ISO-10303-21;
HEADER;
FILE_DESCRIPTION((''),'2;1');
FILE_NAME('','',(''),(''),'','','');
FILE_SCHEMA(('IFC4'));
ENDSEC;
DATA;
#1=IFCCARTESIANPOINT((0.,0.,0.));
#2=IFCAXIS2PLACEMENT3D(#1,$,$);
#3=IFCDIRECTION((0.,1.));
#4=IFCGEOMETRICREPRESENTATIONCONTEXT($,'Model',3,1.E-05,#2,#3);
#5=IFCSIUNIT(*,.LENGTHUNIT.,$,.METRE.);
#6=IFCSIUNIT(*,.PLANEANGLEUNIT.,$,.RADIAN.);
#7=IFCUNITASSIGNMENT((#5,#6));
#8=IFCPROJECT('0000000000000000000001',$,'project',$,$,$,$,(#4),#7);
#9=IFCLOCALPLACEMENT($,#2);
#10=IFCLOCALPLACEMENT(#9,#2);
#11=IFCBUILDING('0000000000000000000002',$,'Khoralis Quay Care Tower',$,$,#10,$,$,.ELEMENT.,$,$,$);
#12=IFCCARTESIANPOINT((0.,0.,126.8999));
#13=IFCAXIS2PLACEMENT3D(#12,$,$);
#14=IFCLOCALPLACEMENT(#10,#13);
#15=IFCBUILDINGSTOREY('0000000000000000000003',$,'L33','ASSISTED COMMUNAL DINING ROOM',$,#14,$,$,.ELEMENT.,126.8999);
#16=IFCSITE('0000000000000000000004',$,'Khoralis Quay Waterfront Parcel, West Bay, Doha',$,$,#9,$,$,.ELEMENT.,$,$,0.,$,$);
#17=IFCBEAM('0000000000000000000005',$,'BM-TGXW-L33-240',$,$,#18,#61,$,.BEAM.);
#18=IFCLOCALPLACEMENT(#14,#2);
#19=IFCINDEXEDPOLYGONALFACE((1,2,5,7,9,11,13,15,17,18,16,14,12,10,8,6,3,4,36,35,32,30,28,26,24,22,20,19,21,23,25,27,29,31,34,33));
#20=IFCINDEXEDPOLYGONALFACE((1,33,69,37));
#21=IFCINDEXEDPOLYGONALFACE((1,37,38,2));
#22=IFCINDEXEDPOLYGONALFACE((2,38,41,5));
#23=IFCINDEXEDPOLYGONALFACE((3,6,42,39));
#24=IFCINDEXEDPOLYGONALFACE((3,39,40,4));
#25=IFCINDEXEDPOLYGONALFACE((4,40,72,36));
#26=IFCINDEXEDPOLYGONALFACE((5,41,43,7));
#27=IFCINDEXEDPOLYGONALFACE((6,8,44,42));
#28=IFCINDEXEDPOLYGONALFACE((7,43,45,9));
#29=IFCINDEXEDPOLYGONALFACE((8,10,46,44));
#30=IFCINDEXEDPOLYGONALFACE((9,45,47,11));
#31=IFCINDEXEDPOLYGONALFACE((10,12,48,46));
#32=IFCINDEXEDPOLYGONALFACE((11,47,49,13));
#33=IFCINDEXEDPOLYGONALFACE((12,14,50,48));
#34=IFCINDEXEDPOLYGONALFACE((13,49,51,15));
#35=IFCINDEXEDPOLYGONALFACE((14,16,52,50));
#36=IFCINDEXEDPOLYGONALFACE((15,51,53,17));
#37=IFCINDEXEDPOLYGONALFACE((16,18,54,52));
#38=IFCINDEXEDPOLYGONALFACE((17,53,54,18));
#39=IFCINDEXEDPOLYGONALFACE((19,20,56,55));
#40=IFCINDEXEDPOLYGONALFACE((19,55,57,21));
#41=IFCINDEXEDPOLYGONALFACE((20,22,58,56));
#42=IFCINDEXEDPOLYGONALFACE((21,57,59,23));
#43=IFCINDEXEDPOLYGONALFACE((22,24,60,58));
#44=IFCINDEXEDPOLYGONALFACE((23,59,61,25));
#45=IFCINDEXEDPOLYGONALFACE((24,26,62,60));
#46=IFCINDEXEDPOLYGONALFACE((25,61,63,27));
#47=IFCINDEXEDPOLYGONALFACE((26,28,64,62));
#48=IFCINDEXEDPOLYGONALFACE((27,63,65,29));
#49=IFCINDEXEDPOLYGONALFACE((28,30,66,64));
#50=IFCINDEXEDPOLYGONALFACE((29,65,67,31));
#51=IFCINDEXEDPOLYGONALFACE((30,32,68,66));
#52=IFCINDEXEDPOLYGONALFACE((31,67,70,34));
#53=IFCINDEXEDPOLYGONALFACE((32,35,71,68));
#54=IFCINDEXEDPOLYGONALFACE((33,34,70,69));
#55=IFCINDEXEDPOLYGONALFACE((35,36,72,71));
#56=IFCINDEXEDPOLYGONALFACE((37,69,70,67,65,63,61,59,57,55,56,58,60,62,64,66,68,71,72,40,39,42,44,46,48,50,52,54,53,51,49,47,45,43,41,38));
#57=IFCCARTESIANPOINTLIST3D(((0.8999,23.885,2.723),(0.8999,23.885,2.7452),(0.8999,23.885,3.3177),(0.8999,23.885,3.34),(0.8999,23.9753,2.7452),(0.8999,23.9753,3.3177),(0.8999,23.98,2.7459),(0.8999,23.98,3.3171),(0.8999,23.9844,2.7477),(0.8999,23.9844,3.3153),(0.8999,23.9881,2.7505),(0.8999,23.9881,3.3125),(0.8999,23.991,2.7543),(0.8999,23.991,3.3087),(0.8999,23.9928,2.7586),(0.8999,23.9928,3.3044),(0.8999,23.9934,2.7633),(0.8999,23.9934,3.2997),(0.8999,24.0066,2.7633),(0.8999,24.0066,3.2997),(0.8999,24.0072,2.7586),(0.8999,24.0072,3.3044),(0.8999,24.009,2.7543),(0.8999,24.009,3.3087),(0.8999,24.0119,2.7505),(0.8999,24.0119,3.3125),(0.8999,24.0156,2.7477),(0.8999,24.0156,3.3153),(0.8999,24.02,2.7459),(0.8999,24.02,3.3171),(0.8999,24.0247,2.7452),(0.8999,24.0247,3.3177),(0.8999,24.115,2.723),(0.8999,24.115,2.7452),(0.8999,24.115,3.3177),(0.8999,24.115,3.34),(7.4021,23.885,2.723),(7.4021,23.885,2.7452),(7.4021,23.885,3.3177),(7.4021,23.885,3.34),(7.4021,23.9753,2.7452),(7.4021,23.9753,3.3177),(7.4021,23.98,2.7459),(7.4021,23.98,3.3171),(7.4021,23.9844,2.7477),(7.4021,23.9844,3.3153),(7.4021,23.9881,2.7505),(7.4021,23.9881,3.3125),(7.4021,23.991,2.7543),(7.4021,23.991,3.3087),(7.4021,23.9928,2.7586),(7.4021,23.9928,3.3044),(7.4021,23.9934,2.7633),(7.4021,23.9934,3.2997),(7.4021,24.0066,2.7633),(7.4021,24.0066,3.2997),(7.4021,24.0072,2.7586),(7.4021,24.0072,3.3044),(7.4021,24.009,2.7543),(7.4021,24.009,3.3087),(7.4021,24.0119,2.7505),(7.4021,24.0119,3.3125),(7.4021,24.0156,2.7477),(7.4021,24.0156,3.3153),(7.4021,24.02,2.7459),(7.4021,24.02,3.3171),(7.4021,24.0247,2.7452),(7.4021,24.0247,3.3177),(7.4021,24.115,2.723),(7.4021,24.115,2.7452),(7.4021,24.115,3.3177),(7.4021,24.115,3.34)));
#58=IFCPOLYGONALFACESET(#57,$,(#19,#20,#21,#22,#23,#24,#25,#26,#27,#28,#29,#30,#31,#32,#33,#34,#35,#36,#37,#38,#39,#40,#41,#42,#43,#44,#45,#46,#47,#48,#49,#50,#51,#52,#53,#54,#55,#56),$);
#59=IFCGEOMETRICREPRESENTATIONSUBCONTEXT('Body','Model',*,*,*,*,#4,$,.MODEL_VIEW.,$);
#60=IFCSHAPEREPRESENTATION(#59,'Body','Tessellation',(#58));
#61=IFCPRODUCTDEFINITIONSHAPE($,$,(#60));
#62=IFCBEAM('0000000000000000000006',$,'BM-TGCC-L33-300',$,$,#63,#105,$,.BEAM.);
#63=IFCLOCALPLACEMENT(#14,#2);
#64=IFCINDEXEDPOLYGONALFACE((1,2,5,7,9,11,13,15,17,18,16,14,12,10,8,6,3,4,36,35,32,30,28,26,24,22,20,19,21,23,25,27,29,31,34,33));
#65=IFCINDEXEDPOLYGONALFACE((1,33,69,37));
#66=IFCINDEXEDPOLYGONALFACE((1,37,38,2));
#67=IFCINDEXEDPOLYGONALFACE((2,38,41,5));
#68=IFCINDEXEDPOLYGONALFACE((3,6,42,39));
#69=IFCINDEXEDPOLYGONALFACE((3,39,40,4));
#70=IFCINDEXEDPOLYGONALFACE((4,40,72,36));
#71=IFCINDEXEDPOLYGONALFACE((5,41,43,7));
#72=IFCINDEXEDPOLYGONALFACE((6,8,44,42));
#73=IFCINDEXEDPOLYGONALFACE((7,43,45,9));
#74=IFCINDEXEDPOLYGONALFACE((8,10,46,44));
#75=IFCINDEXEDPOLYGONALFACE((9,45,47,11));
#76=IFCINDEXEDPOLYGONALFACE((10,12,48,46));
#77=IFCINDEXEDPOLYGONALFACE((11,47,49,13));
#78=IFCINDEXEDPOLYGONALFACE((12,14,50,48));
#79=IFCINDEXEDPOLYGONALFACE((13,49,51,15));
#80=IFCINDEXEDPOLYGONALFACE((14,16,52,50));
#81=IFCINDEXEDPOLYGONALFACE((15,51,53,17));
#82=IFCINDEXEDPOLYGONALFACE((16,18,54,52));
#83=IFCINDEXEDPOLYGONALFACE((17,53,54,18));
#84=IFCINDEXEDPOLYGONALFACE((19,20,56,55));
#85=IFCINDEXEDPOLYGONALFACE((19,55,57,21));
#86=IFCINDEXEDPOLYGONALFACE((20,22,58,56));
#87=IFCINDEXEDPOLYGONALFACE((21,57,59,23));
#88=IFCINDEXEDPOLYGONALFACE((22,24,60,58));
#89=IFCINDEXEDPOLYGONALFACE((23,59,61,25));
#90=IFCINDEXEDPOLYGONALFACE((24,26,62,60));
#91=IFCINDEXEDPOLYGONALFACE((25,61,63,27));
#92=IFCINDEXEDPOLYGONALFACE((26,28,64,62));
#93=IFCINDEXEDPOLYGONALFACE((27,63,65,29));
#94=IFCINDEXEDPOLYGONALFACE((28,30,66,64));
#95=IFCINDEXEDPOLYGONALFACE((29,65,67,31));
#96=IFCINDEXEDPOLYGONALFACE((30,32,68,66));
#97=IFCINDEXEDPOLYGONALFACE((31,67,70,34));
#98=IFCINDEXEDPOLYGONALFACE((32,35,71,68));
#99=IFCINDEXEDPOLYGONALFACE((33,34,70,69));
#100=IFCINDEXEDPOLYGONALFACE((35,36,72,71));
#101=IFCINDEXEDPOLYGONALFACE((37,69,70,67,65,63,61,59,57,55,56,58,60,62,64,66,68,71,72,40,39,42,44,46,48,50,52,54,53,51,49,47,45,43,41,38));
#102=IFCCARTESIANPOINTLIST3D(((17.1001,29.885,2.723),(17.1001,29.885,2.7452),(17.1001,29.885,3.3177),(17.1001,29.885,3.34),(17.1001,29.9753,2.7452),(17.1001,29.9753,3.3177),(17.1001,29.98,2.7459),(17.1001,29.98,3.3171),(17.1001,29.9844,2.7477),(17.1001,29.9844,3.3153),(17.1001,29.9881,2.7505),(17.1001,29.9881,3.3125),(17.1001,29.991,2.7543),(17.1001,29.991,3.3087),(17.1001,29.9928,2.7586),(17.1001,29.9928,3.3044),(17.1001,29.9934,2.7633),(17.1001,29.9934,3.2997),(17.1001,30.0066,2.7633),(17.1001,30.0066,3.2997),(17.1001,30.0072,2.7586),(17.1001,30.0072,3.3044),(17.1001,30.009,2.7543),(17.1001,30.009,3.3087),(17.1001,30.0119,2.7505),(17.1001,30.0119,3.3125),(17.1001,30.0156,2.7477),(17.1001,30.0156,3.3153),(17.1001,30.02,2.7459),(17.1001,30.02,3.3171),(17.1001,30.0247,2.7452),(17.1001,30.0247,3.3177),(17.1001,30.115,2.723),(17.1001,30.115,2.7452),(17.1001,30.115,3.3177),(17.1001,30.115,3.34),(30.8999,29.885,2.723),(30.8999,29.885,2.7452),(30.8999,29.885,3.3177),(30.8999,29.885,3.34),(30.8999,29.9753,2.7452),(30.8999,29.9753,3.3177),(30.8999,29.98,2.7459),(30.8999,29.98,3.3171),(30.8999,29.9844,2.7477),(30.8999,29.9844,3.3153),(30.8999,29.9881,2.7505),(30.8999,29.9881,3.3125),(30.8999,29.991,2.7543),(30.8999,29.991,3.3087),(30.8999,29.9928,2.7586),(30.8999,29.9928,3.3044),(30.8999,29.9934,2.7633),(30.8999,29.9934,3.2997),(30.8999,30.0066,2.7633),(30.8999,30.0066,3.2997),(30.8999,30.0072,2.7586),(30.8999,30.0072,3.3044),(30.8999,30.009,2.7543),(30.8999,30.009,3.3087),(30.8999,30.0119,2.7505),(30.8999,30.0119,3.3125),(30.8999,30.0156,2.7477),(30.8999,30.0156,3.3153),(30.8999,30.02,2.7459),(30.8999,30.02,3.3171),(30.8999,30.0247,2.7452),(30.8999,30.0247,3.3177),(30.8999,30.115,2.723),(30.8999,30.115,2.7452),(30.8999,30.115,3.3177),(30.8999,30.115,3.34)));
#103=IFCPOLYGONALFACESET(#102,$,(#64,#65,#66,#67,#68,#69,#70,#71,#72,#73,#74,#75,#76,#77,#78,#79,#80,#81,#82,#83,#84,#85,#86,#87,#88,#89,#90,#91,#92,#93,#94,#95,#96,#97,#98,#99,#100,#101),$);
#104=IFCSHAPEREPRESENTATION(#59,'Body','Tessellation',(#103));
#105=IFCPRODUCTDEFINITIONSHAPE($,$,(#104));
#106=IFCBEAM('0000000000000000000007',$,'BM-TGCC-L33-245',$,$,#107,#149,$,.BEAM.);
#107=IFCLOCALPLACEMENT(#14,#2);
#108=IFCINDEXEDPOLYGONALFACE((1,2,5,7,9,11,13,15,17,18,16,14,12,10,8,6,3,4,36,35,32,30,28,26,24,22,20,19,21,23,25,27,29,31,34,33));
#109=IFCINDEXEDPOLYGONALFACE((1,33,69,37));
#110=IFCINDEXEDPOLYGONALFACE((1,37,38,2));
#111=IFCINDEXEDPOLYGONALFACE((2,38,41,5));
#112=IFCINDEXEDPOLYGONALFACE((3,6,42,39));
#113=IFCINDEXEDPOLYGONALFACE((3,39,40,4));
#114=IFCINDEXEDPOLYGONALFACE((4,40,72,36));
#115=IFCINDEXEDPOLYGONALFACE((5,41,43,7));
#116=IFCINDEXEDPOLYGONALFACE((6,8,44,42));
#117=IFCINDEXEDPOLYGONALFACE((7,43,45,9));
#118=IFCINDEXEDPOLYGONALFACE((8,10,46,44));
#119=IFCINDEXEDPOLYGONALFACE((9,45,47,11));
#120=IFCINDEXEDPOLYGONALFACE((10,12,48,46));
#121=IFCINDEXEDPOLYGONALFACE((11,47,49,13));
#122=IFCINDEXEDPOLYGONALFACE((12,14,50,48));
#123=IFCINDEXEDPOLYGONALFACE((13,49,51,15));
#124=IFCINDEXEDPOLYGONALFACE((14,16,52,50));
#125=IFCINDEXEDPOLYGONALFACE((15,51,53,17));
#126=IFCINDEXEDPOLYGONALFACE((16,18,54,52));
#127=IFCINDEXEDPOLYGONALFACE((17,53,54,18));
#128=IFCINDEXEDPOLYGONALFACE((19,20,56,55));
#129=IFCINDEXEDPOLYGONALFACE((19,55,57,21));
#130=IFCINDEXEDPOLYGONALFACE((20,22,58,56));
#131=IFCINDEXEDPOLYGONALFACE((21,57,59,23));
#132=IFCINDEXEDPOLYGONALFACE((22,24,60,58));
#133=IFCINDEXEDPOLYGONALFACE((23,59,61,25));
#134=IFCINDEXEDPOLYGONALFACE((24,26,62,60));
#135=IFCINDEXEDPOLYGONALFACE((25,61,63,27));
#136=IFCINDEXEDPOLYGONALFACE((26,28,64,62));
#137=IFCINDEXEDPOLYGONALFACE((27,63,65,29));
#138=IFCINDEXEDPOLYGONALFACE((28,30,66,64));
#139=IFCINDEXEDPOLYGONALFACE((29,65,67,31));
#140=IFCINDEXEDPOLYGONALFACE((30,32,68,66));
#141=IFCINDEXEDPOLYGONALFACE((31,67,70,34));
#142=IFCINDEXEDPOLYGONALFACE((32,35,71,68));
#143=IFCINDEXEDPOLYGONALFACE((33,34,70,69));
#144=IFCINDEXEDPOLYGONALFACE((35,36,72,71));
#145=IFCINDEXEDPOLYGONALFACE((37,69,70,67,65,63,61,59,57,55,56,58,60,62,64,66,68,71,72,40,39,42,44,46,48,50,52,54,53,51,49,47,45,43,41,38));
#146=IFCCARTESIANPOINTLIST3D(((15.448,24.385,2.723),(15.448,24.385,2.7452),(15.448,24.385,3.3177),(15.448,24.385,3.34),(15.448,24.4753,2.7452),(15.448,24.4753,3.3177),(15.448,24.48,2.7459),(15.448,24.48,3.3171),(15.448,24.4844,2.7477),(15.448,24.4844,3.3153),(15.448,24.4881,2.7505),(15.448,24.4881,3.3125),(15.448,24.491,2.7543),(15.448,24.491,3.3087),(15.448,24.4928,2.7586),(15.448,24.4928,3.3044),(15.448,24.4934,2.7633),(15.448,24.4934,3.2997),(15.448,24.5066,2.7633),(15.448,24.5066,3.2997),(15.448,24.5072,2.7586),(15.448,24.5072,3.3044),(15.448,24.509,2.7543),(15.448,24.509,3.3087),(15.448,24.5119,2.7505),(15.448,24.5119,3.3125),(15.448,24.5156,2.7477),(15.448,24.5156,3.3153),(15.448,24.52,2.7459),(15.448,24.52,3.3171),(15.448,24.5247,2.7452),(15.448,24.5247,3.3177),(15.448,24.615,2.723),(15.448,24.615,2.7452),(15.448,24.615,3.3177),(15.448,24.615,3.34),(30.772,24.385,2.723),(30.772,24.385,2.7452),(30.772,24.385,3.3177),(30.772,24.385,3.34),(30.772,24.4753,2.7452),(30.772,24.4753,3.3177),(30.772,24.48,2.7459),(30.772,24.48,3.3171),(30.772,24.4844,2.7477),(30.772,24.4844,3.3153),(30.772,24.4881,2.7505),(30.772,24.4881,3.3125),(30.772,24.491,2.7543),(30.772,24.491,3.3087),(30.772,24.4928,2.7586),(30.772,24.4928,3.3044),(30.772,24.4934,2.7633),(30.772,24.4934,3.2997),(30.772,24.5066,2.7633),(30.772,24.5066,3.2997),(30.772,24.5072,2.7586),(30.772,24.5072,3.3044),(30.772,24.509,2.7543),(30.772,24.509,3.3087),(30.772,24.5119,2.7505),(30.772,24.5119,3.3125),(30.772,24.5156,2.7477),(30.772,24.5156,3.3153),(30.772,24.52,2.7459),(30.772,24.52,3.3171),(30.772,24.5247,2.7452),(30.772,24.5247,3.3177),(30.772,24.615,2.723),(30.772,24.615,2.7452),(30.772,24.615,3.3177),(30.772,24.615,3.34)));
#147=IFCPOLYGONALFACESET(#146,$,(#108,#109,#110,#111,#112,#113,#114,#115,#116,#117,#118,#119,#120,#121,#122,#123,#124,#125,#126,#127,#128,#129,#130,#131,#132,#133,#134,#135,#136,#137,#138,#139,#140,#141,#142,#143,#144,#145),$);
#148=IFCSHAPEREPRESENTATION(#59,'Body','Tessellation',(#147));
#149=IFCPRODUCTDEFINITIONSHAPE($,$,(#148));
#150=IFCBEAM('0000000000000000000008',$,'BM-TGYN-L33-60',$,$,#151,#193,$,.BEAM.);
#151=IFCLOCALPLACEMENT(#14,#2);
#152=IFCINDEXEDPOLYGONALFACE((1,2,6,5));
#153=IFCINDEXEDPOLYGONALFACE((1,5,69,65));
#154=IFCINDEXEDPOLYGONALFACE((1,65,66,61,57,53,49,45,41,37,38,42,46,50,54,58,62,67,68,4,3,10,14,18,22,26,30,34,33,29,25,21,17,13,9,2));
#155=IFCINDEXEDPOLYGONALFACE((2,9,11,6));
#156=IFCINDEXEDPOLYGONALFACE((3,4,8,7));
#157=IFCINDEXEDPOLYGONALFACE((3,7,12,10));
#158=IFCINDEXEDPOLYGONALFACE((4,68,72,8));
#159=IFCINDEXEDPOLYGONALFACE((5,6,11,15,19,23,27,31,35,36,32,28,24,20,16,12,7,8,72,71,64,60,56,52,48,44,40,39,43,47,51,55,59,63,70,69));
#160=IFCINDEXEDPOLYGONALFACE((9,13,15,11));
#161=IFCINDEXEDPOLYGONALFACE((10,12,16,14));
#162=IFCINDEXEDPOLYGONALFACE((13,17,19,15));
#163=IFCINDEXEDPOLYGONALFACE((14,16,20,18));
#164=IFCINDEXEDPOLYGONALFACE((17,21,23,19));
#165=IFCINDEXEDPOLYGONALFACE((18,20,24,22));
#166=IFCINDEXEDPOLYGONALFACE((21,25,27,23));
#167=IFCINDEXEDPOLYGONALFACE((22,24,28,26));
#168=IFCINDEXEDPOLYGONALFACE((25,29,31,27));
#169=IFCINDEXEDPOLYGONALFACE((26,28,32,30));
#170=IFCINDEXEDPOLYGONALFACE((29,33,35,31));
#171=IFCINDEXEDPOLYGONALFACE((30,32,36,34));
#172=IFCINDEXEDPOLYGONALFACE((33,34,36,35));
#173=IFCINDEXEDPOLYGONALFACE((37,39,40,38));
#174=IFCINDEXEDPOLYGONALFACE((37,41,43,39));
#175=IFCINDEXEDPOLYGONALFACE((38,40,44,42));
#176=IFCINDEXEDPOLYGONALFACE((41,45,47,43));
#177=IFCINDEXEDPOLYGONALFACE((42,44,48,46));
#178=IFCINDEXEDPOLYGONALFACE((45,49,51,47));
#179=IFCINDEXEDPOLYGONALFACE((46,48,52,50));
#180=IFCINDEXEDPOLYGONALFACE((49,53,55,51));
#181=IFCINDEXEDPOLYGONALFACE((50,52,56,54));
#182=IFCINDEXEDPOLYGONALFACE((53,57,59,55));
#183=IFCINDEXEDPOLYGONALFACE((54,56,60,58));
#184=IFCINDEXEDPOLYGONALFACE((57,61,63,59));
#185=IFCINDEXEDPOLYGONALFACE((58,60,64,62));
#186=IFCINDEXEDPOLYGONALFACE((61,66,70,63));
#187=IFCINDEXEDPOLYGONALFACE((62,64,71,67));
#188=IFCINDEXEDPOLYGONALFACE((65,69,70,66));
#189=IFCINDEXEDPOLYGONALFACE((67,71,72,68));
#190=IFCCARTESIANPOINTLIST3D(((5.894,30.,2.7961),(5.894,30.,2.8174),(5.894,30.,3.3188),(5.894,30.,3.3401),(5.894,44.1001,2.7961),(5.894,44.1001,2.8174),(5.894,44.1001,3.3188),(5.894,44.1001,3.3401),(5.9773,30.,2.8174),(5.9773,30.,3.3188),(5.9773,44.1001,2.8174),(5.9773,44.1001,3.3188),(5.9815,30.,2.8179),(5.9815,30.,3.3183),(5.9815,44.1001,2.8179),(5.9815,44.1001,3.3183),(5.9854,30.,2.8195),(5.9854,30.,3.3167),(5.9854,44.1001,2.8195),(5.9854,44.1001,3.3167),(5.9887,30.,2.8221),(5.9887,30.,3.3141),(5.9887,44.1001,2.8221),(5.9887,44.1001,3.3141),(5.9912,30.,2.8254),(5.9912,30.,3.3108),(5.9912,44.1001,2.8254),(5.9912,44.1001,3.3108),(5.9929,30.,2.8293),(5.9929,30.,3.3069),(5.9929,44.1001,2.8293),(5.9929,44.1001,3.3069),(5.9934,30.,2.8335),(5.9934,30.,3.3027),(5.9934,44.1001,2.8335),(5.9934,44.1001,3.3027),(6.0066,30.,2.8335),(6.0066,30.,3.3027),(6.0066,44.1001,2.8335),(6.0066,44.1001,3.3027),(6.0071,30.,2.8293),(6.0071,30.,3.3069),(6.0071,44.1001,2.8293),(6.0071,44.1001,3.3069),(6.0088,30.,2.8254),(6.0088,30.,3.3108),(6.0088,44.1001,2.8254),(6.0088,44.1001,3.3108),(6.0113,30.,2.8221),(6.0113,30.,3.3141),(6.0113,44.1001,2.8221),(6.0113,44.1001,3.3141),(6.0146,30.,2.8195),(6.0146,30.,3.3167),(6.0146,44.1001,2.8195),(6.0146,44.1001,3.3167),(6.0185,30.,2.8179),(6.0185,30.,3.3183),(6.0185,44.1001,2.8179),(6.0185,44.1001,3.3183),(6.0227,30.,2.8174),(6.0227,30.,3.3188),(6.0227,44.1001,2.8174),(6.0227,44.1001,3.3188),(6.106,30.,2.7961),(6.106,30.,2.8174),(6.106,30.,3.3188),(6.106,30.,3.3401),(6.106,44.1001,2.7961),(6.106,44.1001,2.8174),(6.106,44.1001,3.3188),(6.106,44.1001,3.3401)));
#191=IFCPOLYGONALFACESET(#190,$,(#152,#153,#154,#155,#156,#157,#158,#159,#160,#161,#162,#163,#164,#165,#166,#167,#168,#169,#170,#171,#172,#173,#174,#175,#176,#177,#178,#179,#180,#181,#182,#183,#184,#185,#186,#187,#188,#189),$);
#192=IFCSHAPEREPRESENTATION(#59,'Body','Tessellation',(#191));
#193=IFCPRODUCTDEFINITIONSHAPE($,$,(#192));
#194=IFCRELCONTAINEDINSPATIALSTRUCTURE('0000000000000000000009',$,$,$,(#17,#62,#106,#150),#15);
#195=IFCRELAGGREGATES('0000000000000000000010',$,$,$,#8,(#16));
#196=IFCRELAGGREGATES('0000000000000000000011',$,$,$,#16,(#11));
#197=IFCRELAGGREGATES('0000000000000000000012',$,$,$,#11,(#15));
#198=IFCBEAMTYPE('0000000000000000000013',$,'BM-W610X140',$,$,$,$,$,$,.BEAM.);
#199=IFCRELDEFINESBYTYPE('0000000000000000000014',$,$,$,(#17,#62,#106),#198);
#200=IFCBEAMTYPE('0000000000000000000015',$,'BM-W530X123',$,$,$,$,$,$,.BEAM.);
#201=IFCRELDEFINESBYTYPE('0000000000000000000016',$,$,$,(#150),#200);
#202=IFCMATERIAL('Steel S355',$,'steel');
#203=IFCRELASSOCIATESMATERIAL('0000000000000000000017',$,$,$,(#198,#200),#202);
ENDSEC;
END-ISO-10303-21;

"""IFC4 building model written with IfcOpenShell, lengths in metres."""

from ifc_helpers import new_model, si_unit, direction, frame, origin, origin_2d, place, context, subcontext, project, spatial, i_section, extrude, source, transform, mapped, material, material_profile, profile_set, type_object, element, save


model = new_model("IFC4")

# Units and contexts
model_context = context("Model", 3, precision=1e-05, world=origin(), true_north=direction((0.0, 1.0)))
body_context = subcontext(model_context, "Body", "Model", "MODEL_VIEW")
ifc_project = project(units=[si_unit("LENGTHUNIT", "METRE"), si_unit("PLANEANGLEUNIT", "RADIAN")], contexts=[model_context])

# Site, building, storey
site_placement = place(None, origin())
site = spatial("IfcSite", under=ifc_project, at=site_placement, Name="Khoralis Quay Waterfront Parcel, West Bay, Doha", CompositionType="ELEMENT", RefElevation=0.0)
building_placement = place(site_placement, origin())
building = spatial("IfcBuilding", under=site, at=building_placement, Name="Khoralis Quay Care Tower", CompositionType="ELEMENT")
storey_placement = place(building_placement, frame((0.0, 0.0, 126.8999)))
storey = spatial("IfcBuildingStorey", under=building, at=storey_placement, Name="L33", Description="ASSISTED COMMUNAL DINING ROOM", CompositionType="ELEMENT", Elevation=126.8999)

# Beams
ifc_material_1 = material(Name="Steel S355", Category="steel")
ifc_material_profile_1 = material_profile(ifc_material_1, i_section(OverallWidth=0.23, OverallDepth=0.6169, WebThickness=0.0132, FlangeThickness=0.0222, FilletRadius=0.0181, at=origin_2d()), Name="Steel S355")
ifc_profile_set_1 = profile_set([ifc_material_profile_1], Name="Steel S355")
beam_type_1 = type_object("IfcBeamType", Name="BM-W610X140", PredefinedType="BEAM", material=ifc_profile_set_1)
shared_shape_1 = source(origin(), body_context, "Body", "SweptSolid", [
    extrude(i_section(OverallWidth=0.23, OverallDepth=0.6169, WebThickness=0.0132, FlangeThickness=0.0222, FilletRadius=0.0181, at=origin_2d()), origin(), (0.0, 0.0, 1.0), 6.5022),
])
beam_1_placement = place(storey_placement, frame((0.8999, 24.0, 3.0315), z_axis=(1.0, 0.0, 0.0), x_axis=(0.0, 1.0, 0.0)))
element("IfcBeam", 1, at=beam_1_placement, inside=storey, type_object=beam_type_1, Name="BM-TGXW-L33-240", PredefinedType="BEAM", context=body_context, shape_type="MappedRepresentation", body=[
    mapped(shared_shape_1, transform((0.0, 0.0, 0.0), scale=1.0)),
])
shared_shape_2 = source(origin(), body_context, "Body", "SweptSolid", [
    extrude(i_section(OverallWidth=0.23, OverallDepth=0.6169, WebThickness=0.0132, FlangeThickness=0.0222, FilletRadius=0.0181, at=origin_2d()), origin(), (0.0, 0.0, 1.0), 13.7998),
])
beam_2_placement = place(storey_placement, frame((17.1001, 30.0, 3.0315), z_axis=(1.0, 0.0, 0.0), x_axis=(0.0, 1.0, 0.0)))
element("IfcBeam", 2, at=beam_2_placement, inside=storey, type_object=beam_type_1, Name="BM-TGCC-L33-300", PredefinedType="BEAM", context=body_context, shape_type="MappedRepresentation", body=[
    mapped(shared_shape_2, transform((0.0, 0.0, 0.0), scale=1.0)),
])
shared_shape_3 = source(origin(), body_context, "Body", "SweptSolid", [
    extrude(i_section(OverallWidth=0.23, OverallDepth=0.6169, WebThickness=0.0132, FlangeThickness=0.0222, FilletRadius=0.0181, at=origin_2d()), origin(), (0.0, 0.0, 1.0), 15.324),
])
beam_3_placement = place(storey_placement, frame((15.448, 24.5, 3.0315), z_axis=(1.0, 0.0, 0.0), x_axis=(0.0, 1.0, 0.0)))
element("IfcBeam", 3, at=beam_3_placement, inside=storey, type_object=beam_type_1, Name="BM-TGCC-L33-245", PredefinedType="BEAM", context=body_context, shape_type="MappedRepresentation", body=[
    mapped(shared_shape_3, transform((0.0, 0.0, 0.0), scale=1.0)),
])
ifc_material_profile_2 = material_profile(ifc_material_1, i_section(OverallWidth=0.2119, OverallDepth=0.5439, WebThickness=0.0132, FlangeThickness=0.0212, FilletRadius=0.0161, at=origin_2d()), Name="Steel S355")
ifc_profile_set_2 = profile_set([ifc_material_profile_2], Name="Steel S355")
beam_type_2 = type_object("IfcBeamType", Name="BM-W530X123", PredefinedType="BEAM", material=ifc_profile_set_2)
shared_shape_4 = source(origin(), body_context, "Body", "SweptSolid", [
    extrude(i_section(OverallWidth=0.2119, OverallDepth=0.5439, WebThickness=0.0132, FlangeThickness=0.0212, FilletRadius=0.0161, at=origin_2d()), origin(), (0.0, 0.0, 1.0), 14.1001),
])
for number, where, z_axis, x_axis, name in (
    (4, (6.0, 30.0, 3.0681), (0.0, 1.0, 0.0), (-1.0, 0.0, 0.0), "BM-TGYN-L33-60"),
):
    element("IfcBeam", number, at=place(storey_placement, frame(where, z_axis=z_axis, x_axis=x_axis)), inside=storey, type_object=beam_type_2, Name=name, PredefinedType="BEAM", context=body_context, shape_type="MappedRepresentation", body=[
        mapped(shared_shape_4, transform((0.0, 0.0, 0.0), scale=1.0)),
    ])

save(model, "model.ifc")
